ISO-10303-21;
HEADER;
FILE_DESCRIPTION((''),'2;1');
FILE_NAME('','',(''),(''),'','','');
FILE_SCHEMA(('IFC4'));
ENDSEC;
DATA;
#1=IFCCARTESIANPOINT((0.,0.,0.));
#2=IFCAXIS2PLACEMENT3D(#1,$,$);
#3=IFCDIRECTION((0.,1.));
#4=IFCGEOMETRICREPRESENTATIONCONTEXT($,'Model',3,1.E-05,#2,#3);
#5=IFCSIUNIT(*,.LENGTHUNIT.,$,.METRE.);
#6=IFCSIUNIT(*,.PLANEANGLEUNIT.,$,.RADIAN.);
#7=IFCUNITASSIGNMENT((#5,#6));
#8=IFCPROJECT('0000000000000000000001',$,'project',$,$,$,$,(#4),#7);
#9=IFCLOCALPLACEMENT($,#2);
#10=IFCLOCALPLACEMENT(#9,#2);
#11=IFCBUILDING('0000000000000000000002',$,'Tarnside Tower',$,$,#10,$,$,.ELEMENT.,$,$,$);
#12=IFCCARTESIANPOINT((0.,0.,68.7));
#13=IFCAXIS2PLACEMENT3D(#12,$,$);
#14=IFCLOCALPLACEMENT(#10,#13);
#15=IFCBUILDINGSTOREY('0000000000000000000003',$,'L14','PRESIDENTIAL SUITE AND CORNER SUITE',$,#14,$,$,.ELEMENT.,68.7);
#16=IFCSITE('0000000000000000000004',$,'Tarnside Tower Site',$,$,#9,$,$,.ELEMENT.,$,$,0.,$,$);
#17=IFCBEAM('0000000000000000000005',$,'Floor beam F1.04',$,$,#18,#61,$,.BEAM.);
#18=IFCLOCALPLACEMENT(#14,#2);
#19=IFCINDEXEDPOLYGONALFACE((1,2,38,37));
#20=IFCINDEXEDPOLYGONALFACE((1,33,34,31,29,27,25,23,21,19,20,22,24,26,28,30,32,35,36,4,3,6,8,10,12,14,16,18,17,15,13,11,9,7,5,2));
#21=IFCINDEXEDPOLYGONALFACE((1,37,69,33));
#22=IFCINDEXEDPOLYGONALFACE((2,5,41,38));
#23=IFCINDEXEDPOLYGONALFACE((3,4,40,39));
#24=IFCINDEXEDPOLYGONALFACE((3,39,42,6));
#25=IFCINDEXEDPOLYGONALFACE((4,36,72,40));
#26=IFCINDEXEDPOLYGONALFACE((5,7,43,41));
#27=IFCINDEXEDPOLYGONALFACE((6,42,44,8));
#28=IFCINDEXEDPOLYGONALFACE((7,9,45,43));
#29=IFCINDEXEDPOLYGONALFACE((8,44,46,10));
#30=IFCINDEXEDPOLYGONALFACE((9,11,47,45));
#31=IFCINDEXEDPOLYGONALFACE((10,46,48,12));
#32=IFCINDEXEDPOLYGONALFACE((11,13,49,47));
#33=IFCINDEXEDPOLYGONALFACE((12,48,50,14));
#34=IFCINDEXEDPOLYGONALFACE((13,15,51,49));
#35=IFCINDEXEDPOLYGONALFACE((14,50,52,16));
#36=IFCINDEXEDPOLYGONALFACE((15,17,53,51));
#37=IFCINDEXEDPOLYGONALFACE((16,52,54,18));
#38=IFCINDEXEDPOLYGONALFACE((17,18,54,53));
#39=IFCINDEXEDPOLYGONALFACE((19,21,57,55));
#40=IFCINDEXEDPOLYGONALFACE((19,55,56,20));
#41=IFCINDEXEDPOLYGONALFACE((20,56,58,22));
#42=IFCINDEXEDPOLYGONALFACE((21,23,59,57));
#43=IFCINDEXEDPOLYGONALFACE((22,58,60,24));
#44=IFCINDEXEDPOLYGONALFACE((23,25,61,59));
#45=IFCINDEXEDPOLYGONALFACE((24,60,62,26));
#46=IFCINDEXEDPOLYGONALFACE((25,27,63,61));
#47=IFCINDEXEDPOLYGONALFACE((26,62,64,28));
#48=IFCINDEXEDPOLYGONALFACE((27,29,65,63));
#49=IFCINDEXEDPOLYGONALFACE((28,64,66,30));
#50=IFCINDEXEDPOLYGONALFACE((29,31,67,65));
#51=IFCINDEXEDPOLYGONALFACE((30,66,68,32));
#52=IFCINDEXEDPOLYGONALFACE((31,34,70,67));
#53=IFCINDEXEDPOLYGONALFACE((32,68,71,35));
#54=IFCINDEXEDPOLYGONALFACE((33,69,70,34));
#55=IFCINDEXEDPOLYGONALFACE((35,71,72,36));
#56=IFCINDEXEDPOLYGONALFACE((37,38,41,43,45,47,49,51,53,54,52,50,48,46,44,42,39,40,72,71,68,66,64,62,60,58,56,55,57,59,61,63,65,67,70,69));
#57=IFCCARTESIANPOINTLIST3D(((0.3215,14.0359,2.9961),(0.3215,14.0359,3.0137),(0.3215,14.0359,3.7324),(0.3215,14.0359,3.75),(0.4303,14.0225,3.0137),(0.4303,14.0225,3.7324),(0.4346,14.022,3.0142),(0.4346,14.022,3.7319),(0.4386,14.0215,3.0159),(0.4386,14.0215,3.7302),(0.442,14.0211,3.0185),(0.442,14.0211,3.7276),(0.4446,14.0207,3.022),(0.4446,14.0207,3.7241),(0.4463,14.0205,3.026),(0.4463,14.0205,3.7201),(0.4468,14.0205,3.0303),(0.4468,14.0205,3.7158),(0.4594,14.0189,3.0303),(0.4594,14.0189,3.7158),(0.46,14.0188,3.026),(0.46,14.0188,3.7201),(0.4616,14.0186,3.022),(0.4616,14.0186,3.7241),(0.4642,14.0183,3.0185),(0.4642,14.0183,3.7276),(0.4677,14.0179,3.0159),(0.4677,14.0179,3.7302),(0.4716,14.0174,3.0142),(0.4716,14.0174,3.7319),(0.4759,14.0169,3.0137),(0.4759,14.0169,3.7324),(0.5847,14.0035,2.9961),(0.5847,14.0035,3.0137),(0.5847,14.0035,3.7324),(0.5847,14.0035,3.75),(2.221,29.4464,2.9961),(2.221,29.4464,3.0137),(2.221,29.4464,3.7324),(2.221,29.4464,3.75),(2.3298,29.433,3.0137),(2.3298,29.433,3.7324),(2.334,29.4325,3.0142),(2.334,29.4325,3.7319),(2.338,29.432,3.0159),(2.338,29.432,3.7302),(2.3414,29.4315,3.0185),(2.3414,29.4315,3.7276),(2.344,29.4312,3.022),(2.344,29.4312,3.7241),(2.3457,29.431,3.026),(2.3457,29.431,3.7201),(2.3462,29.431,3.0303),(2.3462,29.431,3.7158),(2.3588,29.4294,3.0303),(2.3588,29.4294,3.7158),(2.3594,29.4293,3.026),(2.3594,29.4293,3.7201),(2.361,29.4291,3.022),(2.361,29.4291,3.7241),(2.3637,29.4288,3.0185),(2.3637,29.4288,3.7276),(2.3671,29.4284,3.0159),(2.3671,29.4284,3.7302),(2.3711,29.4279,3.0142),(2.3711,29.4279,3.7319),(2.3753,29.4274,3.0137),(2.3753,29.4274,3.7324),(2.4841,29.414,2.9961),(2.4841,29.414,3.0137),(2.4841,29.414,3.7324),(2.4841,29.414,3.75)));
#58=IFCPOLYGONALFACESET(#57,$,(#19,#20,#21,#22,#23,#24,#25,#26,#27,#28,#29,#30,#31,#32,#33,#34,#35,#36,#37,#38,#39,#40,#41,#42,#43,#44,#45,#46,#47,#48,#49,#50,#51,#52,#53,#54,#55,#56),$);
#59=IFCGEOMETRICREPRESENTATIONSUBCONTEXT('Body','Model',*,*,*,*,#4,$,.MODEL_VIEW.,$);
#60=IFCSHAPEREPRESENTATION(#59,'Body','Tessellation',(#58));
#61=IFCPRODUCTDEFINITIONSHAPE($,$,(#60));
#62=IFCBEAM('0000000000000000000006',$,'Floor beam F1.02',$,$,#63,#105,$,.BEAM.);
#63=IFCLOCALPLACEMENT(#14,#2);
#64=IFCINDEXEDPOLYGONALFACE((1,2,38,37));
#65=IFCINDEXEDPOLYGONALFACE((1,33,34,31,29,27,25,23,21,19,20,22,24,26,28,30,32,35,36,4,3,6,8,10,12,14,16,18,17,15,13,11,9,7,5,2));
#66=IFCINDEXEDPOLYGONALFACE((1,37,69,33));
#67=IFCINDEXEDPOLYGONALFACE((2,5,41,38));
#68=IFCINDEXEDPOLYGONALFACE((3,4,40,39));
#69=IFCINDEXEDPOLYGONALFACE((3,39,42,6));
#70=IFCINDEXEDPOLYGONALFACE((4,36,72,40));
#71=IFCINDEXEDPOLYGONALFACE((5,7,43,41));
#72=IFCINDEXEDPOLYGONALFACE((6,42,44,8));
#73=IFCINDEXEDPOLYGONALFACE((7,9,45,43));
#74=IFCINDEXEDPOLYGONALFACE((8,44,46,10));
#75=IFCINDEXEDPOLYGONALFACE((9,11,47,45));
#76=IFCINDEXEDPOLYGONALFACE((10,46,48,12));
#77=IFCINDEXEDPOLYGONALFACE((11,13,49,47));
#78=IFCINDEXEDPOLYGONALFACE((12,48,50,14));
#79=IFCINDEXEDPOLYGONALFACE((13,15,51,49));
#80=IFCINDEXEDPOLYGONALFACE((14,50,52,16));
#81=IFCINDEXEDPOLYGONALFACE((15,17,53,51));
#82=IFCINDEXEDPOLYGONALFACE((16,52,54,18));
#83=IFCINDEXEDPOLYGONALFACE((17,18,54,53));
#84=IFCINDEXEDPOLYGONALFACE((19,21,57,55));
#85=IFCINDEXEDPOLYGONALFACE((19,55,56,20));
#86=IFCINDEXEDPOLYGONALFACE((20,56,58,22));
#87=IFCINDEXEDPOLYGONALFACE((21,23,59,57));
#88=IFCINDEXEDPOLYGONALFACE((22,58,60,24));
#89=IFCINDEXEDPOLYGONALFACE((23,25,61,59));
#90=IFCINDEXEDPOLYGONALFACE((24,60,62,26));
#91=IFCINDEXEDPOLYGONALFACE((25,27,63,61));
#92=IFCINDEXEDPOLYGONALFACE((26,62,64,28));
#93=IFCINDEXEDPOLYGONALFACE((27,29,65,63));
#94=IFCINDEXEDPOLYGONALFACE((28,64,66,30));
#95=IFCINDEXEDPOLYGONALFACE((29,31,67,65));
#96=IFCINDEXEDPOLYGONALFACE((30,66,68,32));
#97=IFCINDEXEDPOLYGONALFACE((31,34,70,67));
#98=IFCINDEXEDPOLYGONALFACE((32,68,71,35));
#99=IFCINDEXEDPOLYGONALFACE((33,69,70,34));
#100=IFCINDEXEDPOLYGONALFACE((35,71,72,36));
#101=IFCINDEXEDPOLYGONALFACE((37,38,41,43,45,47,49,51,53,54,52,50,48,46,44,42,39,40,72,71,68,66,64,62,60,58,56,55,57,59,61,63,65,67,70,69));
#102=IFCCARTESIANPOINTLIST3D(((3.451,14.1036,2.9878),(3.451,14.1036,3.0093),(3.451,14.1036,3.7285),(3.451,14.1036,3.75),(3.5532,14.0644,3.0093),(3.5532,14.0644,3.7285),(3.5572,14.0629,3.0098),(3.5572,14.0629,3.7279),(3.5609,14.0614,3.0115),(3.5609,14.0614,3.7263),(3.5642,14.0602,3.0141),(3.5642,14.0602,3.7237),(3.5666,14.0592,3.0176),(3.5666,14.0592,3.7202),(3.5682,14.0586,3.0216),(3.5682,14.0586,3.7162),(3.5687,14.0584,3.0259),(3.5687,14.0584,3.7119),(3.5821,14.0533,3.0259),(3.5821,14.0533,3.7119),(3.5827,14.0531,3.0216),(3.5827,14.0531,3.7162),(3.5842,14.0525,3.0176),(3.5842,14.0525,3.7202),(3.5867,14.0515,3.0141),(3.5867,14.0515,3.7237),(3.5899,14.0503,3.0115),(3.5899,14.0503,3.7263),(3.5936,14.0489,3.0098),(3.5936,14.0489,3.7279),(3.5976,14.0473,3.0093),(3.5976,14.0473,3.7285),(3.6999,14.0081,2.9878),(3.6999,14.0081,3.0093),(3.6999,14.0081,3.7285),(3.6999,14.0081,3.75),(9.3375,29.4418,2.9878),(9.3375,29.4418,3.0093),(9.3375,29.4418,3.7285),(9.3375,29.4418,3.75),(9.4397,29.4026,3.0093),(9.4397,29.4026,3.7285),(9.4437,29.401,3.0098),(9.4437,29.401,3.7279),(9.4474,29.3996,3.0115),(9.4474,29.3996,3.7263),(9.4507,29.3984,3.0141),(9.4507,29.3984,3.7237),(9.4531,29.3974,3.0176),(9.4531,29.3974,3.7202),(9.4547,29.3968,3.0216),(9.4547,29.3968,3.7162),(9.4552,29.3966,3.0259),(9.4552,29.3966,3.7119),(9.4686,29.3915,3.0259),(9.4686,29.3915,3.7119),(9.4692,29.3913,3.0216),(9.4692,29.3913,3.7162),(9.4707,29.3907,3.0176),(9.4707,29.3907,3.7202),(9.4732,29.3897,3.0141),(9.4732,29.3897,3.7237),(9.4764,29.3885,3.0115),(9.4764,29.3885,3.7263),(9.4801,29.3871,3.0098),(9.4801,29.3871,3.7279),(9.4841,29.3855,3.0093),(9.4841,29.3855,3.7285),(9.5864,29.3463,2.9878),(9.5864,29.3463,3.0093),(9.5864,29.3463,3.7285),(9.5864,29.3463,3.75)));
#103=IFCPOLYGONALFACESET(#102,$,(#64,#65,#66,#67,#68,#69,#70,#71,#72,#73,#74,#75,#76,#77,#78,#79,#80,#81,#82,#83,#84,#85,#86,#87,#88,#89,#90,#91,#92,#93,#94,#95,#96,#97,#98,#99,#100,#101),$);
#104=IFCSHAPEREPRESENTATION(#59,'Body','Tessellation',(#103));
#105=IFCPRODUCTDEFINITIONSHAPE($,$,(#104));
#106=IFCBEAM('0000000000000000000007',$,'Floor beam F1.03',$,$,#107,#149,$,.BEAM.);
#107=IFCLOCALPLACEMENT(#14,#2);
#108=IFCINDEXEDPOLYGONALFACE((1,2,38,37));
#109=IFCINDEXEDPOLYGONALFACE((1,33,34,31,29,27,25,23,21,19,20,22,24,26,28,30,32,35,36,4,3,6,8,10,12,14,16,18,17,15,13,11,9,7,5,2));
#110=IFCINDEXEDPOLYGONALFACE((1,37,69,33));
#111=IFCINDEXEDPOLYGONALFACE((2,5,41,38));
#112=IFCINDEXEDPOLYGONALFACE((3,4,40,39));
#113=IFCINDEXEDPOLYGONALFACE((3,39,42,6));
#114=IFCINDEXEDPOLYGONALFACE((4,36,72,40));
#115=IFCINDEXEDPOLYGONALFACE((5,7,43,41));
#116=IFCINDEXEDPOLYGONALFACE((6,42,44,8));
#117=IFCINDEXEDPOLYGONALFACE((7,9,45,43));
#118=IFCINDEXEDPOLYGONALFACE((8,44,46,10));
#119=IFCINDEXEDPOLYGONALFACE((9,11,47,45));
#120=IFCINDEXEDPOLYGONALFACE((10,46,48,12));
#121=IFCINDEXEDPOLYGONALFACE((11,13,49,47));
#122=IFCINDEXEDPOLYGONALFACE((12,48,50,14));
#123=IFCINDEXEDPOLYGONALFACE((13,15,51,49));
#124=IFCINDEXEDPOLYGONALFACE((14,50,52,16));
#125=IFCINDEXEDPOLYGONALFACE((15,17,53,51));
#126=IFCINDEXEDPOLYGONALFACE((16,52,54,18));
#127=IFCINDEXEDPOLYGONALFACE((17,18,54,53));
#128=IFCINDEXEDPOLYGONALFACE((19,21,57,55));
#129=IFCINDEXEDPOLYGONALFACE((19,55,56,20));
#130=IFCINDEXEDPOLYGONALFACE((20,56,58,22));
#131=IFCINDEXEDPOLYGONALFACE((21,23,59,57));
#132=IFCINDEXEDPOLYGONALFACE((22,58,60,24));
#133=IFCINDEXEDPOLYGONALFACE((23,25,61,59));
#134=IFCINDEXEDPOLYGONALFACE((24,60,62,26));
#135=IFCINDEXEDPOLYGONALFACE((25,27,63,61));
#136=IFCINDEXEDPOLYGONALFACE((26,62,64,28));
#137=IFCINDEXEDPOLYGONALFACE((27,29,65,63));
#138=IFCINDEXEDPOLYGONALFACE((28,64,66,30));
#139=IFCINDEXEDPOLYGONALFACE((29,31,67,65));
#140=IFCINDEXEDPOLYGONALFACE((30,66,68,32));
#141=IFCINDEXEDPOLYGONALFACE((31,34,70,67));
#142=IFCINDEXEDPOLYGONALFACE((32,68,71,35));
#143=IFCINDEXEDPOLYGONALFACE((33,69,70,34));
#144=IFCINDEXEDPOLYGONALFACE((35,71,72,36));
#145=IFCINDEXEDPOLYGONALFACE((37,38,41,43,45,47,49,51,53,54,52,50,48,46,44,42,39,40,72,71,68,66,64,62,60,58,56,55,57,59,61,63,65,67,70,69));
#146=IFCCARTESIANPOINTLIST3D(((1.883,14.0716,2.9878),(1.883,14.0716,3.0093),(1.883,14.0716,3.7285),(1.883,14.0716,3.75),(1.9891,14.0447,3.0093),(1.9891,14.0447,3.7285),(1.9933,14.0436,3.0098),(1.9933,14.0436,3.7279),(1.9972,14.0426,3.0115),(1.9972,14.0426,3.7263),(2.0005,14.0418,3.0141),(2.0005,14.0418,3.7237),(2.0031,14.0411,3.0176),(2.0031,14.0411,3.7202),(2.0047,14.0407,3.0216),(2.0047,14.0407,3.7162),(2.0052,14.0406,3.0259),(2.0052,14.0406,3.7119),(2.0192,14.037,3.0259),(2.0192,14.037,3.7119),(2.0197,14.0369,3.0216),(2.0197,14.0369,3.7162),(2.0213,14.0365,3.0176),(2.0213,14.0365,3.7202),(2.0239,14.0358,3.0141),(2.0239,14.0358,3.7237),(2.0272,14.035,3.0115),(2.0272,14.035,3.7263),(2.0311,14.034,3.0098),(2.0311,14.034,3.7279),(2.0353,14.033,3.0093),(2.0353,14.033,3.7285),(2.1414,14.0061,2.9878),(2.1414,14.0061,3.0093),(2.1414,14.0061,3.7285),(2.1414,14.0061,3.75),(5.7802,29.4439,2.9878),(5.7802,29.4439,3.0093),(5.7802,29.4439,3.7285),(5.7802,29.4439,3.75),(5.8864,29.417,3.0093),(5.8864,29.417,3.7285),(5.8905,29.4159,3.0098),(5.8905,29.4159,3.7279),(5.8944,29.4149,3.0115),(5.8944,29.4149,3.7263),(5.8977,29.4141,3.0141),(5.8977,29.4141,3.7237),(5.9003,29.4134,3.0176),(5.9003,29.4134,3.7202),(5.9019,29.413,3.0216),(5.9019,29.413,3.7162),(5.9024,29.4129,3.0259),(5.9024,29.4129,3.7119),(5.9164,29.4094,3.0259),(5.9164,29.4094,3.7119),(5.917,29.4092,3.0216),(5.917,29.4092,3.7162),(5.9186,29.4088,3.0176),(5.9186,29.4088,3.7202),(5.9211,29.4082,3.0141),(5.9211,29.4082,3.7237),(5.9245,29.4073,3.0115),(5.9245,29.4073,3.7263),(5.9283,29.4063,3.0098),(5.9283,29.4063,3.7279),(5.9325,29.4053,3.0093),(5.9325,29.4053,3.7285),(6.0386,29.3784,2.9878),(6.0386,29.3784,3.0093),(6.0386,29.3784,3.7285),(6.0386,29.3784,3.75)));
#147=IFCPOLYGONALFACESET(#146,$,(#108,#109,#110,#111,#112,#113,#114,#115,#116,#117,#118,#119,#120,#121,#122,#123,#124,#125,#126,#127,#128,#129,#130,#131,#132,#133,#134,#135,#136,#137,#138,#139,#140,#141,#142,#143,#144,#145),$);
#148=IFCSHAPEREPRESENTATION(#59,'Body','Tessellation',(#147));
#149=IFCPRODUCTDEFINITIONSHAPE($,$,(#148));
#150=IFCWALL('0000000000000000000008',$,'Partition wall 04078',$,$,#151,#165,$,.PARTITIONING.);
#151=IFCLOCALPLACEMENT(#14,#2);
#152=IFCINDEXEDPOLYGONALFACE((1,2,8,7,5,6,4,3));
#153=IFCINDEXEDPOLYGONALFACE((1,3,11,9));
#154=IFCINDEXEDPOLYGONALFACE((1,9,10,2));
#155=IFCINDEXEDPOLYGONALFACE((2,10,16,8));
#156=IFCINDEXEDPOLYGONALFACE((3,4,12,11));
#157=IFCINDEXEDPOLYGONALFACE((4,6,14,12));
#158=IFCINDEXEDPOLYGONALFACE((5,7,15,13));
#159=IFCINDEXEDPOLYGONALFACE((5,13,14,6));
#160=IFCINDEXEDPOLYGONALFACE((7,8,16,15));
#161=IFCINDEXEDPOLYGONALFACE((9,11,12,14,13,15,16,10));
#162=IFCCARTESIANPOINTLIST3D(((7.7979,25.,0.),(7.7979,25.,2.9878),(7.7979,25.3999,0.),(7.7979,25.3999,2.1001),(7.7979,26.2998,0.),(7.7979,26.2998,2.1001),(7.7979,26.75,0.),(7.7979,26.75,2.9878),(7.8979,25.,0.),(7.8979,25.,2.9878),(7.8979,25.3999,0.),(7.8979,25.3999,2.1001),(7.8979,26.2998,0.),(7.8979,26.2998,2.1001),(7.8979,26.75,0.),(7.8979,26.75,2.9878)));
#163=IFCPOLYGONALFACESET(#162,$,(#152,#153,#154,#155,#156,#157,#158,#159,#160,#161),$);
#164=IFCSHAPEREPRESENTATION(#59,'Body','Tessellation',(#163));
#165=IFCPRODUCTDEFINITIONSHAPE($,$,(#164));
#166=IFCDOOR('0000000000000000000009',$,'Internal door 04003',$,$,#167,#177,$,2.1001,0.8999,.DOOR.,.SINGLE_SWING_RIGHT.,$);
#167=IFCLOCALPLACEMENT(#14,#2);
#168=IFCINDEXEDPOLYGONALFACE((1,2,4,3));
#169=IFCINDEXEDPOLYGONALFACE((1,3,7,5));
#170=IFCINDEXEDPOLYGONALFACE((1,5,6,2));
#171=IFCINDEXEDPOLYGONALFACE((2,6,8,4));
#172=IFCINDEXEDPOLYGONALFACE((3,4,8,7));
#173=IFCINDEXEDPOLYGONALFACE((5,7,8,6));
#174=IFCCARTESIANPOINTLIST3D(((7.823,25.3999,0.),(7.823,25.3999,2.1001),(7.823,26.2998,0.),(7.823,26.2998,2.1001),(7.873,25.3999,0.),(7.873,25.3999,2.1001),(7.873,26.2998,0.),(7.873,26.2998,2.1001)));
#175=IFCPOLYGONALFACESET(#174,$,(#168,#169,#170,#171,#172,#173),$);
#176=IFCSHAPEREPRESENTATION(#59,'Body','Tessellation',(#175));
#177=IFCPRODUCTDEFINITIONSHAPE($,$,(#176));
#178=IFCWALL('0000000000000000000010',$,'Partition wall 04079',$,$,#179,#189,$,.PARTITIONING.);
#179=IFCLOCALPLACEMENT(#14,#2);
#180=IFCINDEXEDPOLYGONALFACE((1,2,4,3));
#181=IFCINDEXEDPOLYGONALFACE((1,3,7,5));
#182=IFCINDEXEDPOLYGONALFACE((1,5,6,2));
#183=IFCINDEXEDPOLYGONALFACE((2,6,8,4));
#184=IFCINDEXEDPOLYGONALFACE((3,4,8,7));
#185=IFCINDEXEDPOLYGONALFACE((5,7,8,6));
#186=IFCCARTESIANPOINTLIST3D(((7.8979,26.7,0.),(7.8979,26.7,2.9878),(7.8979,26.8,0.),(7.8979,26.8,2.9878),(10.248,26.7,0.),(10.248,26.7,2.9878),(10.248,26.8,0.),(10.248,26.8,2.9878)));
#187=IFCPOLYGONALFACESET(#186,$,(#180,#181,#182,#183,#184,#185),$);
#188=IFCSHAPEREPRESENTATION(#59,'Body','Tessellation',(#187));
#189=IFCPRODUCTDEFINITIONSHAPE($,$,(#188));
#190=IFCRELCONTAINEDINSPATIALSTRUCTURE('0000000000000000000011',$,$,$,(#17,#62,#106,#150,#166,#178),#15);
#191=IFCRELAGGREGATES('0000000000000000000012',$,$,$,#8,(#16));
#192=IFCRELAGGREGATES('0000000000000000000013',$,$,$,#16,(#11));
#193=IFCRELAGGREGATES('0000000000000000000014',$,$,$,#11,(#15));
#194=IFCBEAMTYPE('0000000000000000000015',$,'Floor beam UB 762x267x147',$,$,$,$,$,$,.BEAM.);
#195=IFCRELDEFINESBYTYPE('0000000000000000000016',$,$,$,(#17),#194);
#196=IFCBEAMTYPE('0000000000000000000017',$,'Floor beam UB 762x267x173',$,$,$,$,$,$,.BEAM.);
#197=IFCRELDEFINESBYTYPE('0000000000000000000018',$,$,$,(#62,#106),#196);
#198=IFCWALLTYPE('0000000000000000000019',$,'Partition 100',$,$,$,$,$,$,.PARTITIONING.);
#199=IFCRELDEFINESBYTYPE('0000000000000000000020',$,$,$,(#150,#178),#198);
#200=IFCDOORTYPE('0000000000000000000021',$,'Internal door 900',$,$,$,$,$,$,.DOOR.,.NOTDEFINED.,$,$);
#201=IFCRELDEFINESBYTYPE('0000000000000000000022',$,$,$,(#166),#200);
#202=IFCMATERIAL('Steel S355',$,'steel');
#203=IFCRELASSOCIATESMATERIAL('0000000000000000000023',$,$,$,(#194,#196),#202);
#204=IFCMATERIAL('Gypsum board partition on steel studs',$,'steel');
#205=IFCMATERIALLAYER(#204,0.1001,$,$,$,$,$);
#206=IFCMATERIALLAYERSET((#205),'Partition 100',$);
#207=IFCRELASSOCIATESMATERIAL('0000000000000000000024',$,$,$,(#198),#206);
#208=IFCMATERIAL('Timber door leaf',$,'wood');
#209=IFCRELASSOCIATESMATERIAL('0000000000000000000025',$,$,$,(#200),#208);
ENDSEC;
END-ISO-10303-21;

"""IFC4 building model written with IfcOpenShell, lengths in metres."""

from ifc_helpers import new_model, si_unit, direction, frame, frame_2d, origin, origin_2d, place, context, subcontext, project, spatial, rectangle, i_section, extrude, material, layer, layer_set, material_profile, profile_set, type_object, element, fill, save


model = new_model("IFC4")

# Units and contexts
model_context = context("Model", 3, precision=1e-05, world=origin(), true_north=direction((0.0, 1.0)))
body_context = subcontext(model_context, "Body", "Model", "MODEL_VIEW")
ifc_project = project(units=[si_unit("LENGTHUNIT", "METRE"), si_unit("PLANEANGLEUNIT", "RADIAN")], contexts=[model_context])

# Site, building, storey
site_placement = place(None, origin())
site = spatial("IfcSite", under=ifc_project, at=site_placement, Name="Tarnside Tower Site", CompositionType="ELEMENT", RefElevation=0.0)
building_placement = place(site_placement, origin())
building = spatial("IfcBuilding", under=site, at=building_placement, Name="Tarnside Tower", CompositionType="ELEMENT")
storey_placement = place(building_placement, frame((0.0, 0.0, 68.7)))
storey = spatial("IfcBuildingStorey", under=building, at=storey_placement, Name="L14", Description="PRESIDENTIAL SUITE AND CORNER SUITE", CompositionType="ELEMENT", Elevation=68.7)

# Beams
ifc_material_1 = material(Name="Steel S355", Category="steel")
ifc_material_profile_1 = material_profile(ifc_material_1, i_section(OverallWidth=0.2651, OverallDepth=0.7539, WebThickness=0.0127, FlangeThickness=0.0176, FilletRadius=0.0166, at=origin_2d()), Name="UB 762x267x147")
ifc_profile_set_1 = profile_set([ifc_material_profile_1], Name="Steel S355")
beam_type_1 = type_object("IfcBeamType", Name="Floor beam UB 762x267x147", PredefinedType="BEAM", material=ifc_profile_set_1)
beam_1_placement = place(storey_placement, frame((2.3525, 29.4302, 3.373), z_axis=(-0.12233, -0.99249, 0.0), x_axis=(0.99249, -0.12233, 0.0)))
element("IfcBeam", 1, at=beam_1_placement, inside=storey, type_object=beam_type_1, Name="Floor beam F1.04", PredefinedType="BEAM", context=body_context, shape_type="SweptSolid", body=[
    extrude(i_section(OverallWidth=0.2651, OverallDepth=0.7539, WebThickness=0.0127, FlangeThickness=0.0176, FilletRadius=0.0166, at=origin_2d()), origin(), (0.0, 0.0, 1.0), 15.5271),
])
ifc_material_profile_2 = material_profile(ifc_material_1, i_section(OverallWidth=0.2666, OverallDepth=0.7622, WebThickness=0.0144, FlangeThickness=0.0215, FilletRadius=0.0166, at=origin_2d()), Name="UB 762x267x173")
ifc_profile_set_2 = profile_set([ifc_material_profile_2], Name="Steel S355")
beam_type_2 = type_object("IfcBeamType", Name="Floor beam UB 762x267x173", PredefinedType="BEAM", material=ifc_profile_set_2)
beam_2_placement = place(storey_placement, frame((9.4619, 29.394, 3.3689), z_axis=(-0.3583, -0.933607, 0.0), x_axis=(0.933607, -0.3583, 0.0)))
element("IfcBeam", 2, at=beam_2_placement, inside=storey, type_object=beam_type_2, Name="Floor beam F1.02", PredefinedType="BEAM", context=body_context, shape_type="SweptSolid", body=[
    extrude(i_section(OverallWidth=0.2666, OverallDepth=0.7622, WebThickness=0.0144, FlangeThickness=0.0215, FilletRadius=0.0166, at=origin_2d()), origin(), (0.0, 0.0, 1.0), 16.429),
])
beam_3_placement = place(storey_placement, frame((5.9094, 29.4111, 3.3689), z_axis=(-0.245747, -0.969334, 0.0), x_axis=(0.969334, -0.245747, 0.0)))
element("IfcBeam", 3, at=beam_3_placement, inside=storey, type_object=beam_type_2, Name="Floor beam F1.03", PredefinedType="BEAM", context=body_context, shape_type="SweptSolid", body=[
    extrude(i_section(OverallWidth=0.2666, OverallDepth=0.7622, WebThickness=0.0144, FlangeThickness=0.0215, FilletRadius=0.0166, at=origin_2d()), origin(), (0.0, 0.0, 1.0), 15.8586),
])

# Wall, opening, door
ifc_material_2 = material(Name="Gypsum board partition on steel studs", Category="steel")
ifc_layer_1 = layer(ifc_material_2, 0.1001)
ifc_layer_set_1 = layer_set([ifc_layer_1], Name="Partition 100")
wall_type = type_object("IfcWallType", Name="Partition 100", PredefinedType="PARTITIONING", material=ifc_layer_set_1)
wall_1_placement = place(storey_placement, frame((7.8479, 25.0, 0.0), z_axis=(0.0, 0.0, 1.0), x_axis=(0.0, 1.0, 0.0)))
wall_1 = element("IfcWall", 4, at=wall_1_placement, inside=storey, type_object=wall_type, Name="Partition wall 04078", PredefinedType="PARTITIONING", context=body_context, shape_type="SweptSolid", body=[
    extrude(rectangle(XDim=1.75, YDim=0.1001, at=frame_2d((0.875, 0.0))), origin(), (0.0, 0.0, 1.0), 2.9878),
])
opening_1_placement = place(wall_1_placement, frame((0.3999, 0.0, 0.0)))
opening_1 = element("IfcOpeningElement", 5, at=opening_1_placement, cuts=wall_1, PredefinedType="OPENING", context=body_context, shape_type="SweptSolid", body=[
    extrude(rectangle(XDim=0.8999, YDim=2.1001, at=frame_2d((0.45, 1.05))), frame((0.0, 0.0601, 0.0), z_axis=(0.0, -1.0, 0.0), x_axis=(1.0, 0.0, 0.0)), (0.0, 0.0, 1.0), 0.1201),
])
ifc_material_3 = material(Name="Timber door leaf", Category="wood")
door_type = type_object("IfcDoorType", Name="Internal door 900", OperationType="NOTDEFINED", PredefinedType="DOOR", material=ifc_material_3)
door_1_placement = place(opening_1_placement, origin())
door_1 = element("IfcDoor", 6, at=door_1_placement, inside=storey, type_object=door_type, Name="Internal door 04003", OperationType="SINGLE_SWING_RIGHT", OverallHeight=2.1001, OverallWidth=0.8999, PredefinedType="DOOR", context=body_context, shape_type="SweptSolid", body=[
    extrude(rectangle(XDim=0.8999, YDim=2.1001, at=frame_2d((0.45, 1.05))), frame((0.0, 0.0249, 0.0), z_axis=(0.0, -1.0, 0.0), x_axis=(1.0, 0.0, 0.0)), (0.0, 0.0, 1.0), 0.05),
])
fill(opening_1, door_1)

# Wall
wall_2_placement = place(storey_placement, frame((7.8979, 26.75, 0.0), z_axis=(0.0, 0.0, 1.0), x_axis=(1.0, 0.0, 0.0)))
element("IfcWall", 7, at=wall_2_placement, inside=storey, type_object=wall_type, Name="Partition wall 04079", PredefinedType="PARTITIONING", context=body_context, shape_type="SweptSolid", body=[
    extrude(rectangle(XDim=2.3501, YDim=0.1001, at=frame_2d((1.175, 0.0))), origin(), (0.0, 0.0, 1.0), 2.9878),
])

save(model, "model.ifc")
